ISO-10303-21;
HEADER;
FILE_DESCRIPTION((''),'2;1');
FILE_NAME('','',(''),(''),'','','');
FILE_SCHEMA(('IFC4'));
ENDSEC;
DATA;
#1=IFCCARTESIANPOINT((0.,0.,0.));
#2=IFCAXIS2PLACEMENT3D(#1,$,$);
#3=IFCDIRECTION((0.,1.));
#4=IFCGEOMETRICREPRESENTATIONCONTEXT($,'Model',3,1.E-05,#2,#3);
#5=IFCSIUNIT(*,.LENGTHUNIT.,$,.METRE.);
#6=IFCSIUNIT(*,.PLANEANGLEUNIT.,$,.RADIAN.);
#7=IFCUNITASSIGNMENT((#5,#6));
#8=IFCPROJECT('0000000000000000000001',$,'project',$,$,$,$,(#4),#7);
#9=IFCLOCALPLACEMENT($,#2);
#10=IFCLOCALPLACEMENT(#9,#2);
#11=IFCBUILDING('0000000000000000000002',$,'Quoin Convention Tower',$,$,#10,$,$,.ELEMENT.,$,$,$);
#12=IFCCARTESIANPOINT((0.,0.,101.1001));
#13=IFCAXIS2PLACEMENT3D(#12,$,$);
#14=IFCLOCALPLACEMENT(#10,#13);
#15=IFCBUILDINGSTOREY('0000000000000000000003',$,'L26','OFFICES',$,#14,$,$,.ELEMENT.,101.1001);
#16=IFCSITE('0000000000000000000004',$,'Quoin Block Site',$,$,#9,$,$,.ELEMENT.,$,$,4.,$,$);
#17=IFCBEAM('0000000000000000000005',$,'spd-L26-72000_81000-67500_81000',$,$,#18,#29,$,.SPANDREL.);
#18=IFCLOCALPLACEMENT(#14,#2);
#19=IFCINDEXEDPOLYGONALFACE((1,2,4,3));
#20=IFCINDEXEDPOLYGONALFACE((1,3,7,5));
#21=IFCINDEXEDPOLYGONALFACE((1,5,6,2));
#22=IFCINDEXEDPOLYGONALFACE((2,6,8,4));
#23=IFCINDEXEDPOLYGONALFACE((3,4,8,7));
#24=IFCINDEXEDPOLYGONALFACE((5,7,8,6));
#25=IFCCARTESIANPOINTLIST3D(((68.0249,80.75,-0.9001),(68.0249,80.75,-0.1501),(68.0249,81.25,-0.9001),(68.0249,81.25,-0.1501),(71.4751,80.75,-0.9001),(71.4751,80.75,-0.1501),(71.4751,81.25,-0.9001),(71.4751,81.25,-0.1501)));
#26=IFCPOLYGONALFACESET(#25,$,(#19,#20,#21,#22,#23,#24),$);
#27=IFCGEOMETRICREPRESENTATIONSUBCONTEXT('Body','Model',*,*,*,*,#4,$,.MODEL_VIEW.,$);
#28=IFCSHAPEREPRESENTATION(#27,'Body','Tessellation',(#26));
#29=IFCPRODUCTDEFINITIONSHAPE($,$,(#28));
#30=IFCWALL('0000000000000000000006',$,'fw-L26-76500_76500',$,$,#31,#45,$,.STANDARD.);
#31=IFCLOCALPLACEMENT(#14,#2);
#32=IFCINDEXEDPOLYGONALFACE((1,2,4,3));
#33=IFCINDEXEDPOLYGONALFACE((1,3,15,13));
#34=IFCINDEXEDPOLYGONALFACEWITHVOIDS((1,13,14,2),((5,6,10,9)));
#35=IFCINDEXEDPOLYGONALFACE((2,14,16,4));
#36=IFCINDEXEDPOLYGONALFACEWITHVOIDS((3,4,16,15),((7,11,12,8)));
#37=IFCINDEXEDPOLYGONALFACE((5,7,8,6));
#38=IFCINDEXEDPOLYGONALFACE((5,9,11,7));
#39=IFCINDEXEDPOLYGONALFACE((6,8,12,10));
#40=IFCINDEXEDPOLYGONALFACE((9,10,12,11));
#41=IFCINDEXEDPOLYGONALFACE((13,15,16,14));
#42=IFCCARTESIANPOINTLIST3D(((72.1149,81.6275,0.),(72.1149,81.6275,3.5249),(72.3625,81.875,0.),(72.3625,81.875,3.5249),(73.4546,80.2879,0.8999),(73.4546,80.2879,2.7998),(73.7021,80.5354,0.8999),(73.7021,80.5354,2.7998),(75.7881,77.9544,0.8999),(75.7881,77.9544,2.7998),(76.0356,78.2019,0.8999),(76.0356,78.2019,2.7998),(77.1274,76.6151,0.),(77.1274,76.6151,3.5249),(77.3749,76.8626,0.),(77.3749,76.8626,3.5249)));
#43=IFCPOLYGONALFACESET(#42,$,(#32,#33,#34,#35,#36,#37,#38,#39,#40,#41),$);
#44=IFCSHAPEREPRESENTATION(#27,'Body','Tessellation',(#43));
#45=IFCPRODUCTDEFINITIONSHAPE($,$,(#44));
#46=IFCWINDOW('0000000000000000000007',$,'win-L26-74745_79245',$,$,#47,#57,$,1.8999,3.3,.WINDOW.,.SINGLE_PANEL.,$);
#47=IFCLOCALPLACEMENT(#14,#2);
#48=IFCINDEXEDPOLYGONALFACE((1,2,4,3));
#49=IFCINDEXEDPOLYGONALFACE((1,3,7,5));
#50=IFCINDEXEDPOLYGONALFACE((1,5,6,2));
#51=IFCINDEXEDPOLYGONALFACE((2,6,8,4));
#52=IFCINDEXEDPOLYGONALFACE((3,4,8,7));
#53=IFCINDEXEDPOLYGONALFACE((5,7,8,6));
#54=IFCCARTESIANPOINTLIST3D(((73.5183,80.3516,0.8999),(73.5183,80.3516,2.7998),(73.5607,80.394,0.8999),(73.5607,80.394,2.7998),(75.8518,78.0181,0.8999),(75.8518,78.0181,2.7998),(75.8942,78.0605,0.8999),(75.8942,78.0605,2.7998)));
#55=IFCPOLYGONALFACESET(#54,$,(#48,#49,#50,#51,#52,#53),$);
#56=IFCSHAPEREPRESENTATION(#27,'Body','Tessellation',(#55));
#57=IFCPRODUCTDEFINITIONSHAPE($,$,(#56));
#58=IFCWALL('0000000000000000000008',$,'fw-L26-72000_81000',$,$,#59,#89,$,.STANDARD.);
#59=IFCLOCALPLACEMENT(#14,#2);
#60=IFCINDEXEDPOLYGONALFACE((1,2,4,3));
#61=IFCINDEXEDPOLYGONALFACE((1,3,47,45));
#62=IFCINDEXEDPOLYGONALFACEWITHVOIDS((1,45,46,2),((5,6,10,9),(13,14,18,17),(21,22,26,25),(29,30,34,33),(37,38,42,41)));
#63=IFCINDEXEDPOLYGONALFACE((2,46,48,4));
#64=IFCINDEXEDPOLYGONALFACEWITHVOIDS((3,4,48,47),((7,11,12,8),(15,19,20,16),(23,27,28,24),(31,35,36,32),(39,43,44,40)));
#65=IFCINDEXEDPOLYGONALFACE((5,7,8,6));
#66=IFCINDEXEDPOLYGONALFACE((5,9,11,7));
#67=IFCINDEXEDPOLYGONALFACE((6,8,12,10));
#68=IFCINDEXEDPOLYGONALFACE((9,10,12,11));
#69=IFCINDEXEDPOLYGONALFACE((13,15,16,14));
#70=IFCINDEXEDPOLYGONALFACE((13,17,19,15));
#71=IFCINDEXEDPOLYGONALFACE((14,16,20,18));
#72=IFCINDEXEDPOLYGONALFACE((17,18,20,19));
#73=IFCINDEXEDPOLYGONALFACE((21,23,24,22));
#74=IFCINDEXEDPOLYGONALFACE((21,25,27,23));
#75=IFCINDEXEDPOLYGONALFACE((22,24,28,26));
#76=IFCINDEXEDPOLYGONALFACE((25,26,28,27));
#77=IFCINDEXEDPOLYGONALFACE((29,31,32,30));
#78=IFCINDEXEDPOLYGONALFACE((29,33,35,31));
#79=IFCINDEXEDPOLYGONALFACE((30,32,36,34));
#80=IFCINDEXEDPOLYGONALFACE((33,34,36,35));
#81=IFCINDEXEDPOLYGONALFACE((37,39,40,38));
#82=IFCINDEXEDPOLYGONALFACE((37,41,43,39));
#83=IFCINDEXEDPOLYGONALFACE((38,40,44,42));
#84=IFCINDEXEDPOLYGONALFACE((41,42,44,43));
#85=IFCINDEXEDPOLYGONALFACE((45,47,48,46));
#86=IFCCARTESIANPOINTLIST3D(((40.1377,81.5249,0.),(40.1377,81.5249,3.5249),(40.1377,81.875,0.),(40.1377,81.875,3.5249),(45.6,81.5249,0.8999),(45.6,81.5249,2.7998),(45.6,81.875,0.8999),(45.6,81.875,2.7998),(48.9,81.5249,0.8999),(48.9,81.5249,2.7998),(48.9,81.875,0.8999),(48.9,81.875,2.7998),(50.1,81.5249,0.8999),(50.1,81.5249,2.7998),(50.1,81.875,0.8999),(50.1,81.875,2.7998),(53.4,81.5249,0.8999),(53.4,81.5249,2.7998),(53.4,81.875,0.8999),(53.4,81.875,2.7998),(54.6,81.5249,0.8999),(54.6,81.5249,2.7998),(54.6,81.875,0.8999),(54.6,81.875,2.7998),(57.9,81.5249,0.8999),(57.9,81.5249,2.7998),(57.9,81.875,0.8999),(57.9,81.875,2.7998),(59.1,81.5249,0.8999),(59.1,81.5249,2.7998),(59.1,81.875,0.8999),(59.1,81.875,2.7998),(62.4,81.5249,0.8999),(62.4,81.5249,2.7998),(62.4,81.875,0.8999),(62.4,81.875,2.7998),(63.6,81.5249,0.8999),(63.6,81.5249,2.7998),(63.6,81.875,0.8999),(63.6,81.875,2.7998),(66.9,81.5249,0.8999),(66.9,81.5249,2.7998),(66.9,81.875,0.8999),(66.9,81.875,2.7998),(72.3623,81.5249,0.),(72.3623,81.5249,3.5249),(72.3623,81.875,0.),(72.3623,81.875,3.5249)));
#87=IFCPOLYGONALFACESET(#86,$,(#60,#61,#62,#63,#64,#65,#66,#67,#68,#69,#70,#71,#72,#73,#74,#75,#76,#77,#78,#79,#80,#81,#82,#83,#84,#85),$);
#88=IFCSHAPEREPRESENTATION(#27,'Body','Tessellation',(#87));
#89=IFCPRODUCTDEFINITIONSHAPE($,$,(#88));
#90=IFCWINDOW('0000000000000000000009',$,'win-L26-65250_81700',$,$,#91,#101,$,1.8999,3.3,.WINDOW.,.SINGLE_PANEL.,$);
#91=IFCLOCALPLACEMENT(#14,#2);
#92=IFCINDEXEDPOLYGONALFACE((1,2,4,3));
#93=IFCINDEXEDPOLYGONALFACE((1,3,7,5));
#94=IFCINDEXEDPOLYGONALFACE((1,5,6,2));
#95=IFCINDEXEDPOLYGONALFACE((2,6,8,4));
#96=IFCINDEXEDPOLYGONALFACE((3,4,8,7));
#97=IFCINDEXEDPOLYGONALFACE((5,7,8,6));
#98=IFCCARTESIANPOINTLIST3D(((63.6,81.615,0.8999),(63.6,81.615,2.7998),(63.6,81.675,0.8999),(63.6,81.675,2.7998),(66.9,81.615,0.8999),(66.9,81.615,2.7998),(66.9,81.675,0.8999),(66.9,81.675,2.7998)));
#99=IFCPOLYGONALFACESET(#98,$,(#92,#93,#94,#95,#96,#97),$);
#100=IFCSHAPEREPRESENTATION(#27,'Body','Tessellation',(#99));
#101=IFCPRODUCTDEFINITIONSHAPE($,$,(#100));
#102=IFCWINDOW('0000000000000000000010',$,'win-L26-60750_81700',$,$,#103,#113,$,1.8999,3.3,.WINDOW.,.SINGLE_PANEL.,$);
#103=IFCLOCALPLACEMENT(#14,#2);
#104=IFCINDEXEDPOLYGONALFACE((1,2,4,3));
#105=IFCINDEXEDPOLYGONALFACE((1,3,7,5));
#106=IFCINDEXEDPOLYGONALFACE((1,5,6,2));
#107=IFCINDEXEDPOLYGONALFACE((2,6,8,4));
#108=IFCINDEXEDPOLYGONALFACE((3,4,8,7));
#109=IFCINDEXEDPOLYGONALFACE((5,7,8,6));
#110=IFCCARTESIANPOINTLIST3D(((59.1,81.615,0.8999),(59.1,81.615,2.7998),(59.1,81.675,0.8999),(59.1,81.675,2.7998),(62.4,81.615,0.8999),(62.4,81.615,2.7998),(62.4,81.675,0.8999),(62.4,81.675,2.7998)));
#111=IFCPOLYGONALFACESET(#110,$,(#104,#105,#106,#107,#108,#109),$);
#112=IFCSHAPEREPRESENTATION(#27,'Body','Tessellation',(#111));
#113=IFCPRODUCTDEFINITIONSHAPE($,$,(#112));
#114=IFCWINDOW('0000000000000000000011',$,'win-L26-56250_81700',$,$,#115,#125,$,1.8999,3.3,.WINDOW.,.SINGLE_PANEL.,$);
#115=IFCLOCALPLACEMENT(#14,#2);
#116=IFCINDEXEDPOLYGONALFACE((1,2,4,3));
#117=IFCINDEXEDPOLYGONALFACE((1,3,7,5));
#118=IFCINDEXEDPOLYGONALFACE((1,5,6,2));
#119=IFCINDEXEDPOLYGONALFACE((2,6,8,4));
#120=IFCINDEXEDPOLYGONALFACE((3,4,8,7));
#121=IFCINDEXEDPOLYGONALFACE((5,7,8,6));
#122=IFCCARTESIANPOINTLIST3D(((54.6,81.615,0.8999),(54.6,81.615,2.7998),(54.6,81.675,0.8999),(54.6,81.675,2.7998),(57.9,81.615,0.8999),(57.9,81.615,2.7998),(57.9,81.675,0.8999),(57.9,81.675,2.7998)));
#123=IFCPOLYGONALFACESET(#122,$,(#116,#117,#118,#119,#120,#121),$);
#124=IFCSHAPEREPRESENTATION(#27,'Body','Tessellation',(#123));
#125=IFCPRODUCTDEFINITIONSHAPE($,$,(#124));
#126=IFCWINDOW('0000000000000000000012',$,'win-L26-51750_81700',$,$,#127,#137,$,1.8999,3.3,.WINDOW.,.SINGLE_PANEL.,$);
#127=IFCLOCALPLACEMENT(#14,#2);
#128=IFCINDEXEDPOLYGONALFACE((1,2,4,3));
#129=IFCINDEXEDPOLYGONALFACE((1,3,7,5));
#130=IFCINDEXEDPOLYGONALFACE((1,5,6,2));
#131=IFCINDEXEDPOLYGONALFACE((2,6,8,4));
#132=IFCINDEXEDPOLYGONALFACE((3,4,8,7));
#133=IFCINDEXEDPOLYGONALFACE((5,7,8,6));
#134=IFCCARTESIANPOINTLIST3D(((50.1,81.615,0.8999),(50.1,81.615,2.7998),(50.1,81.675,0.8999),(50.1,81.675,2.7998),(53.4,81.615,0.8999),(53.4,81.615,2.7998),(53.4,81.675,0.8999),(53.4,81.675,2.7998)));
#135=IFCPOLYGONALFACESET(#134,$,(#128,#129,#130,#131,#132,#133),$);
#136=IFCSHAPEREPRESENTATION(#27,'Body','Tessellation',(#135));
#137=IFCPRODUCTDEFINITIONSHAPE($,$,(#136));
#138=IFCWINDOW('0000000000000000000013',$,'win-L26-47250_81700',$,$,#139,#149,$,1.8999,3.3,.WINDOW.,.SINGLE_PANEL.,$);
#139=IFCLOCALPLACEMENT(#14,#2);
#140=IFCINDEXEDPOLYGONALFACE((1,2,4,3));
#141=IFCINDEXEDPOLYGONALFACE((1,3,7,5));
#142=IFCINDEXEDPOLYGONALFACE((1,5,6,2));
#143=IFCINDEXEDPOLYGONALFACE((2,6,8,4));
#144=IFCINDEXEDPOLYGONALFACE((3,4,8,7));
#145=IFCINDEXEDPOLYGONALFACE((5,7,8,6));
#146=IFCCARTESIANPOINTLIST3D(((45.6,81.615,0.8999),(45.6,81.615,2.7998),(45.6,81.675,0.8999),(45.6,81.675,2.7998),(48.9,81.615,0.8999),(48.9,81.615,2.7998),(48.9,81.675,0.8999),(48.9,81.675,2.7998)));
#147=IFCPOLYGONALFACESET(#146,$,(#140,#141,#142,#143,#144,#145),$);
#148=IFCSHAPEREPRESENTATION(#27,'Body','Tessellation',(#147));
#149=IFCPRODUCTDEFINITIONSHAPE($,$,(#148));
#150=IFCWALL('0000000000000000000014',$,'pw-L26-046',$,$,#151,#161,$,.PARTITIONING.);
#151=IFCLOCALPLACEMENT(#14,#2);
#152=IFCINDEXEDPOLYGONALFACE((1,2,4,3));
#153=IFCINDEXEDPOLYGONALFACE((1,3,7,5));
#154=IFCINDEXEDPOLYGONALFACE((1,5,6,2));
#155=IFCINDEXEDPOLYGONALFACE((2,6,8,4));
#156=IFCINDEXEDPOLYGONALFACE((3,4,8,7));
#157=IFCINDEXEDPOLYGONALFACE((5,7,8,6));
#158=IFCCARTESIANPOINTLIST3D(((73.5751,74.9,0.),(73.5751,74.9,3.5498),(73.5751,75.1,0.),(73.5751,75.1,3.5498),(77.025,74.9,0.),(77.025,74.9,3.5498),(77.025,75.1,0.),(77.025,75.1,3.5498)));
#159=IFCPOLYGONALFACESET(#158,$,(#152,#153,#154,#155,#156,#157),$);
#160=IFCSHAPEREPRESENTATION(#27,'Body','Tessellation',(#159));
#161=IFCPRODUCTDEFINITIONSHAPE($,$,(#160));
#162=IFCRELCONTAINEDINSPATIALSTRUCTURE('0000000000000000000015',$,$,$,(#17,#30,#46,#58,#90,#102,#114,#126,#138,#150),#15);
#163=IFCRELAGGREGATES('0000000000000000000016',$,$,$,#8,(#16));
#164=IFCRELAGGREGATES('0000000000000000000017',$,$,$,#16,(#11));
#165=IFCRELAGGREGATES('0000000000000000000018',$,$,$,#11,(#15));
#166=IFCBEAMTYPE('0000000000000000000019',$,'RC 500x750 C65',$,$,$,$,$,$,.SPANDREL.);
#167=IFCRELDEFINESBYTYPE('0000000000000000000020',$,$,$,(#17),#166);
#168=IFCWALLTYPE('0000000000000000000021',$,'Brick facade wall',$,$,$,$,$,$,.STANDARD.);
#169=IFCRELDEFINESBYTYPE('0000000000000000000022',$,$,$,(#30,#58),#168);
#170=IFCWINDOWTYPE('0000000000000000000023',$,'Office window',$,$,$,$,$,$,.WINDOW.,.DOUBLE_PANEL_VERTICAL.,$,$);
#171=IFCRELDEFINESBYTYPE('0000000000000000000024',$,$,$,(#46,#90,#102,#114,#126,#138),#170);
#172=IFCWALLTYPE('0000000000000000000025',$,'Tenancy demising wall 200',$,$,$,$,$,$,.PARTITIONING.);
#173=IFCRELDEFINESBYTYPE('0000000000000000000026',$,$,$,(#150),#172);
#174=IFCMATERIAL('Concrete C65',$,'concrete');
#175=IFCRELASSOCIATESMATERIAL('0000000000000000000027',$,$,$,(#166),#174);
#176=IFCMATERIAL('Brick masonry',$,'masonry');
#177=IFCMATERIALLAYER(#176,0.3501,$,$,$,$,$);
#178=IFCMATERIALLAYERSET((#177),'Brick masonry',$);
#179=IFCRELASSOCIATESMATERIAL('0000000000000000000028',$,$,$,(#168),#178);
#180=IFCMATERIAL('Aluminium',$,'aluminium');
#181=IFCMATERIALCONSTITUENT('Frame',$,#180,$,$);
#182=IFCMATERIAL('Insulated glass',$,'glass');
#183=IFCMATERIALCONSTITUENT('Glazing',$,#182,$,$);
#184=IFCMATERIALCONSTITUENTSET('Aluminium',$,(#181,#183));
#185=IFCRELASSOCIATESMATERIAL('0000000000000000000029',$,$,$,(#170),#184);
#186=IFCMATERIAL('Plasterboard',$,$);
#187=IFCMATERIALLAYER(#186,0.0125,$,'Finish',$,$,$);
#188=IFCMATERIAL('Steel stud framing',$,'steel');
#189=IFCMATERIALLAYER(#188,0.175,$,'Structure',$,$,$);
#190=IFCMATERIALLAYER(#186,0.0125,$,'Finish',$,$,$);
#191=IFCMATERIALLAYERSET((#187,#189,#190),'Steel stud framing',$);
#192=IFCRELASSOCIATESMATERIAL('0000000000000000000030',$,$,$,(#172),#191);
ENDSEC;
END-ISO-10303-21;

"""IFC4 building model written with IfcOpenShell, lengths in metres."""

from ifc_helpers import new_model, si_unit, direction, frame, frame_2d, origin, origin_2d, place, context, subcontext, project, spatial, rectangle, extrude, material, layer, layer_set, constituent, constituent_set, material_profile, profile_set, type_object, element, fill, save


model = new_model("IFC4")

# Units and contexts
model_context = context("Model", 3, precision=1e-05, world=origin(), true_north=direction((0.0, 1.0)))
body_context = subcontext(model_context, "Body", "Model", "MODEL_VIEW")
ifc_project = project(units=[si_unit("LENGTHUNIT", "METRE"), si_unit("PLANEANGLEUNIT", "RADIAN")], contexts=[model_context])

# Site, building, storey
site_placement = place(None, origin())
site = spatial("IfcSite", under=ifc_project, at=site_placement, Name="Quoin Block Site", CompositionType="ELEMENT", RefElevation=4.0)
building_placement = place(site_placement, origin())
building = spatial("IfcBuilding", under=site, at=building_placement, Name="Quoin Convention Tower", CompositionType="ELEMENT")
storey_placement = place(building_placement, frame((0.0, 0.0, 101.1001)))
storey = spatial("IfcBuildingStorey", under=building, at=storey_placement, Name="L26", Description="OFFICES", CompositionType="ELEMENT", Elevation=101.1001)

# Shared definitions
ifc_material_1 = material(Name="Concrete C65", Category="concrete")

# Beam
ifc_material_profile_1 = material_profile(ifc_material_1, rectangle(XDim=0.5, YDim=0.75, at=origin_2d()), Name="RC 500x750")
ifc_profile_set_1 = profile_set([ifc_material_profile_1], Name="Concrete C65")
beam_type_1 = type_object("IfcBeamType", Name="RC 500x750 C65", PredefinedType="SPANDREL", material=ifc_profile_set_1)
beam_1_placement = place(storey_placement, frame((71.4751, 81.0, -0.5251), z_axis=(-1.0, 0.0, 0.0), x_axis=(0.0, -1.0, 0.0)))
element("IfcBeam", 1, at=beam_1_placement, inside=storey, type_object=beam_type_1, Name="spd-L26-72000_81000-67500_81000", PredefinedType="SPANDREL", context=body_context, shape_type="SweptSolid", body=[
    extrude(rectangle(XDim=0.5, YDim=0.75, at=origin_2d()), origin(), (0.0, 0.0, 1.0), 3.4502),
])

# Wall, opening, window
ifc_material_2 = material(Name="Brick masonry", Category="masonry")
ifc_layer_1 = layer(ifc_material_2, 0.3501)
ifc_layer_set_1 = layer_set([ifc_layer_1], Name="Brick masonry")
wall_type_1 = type_object("IfcWallType", Name="Brick facade wall", PredefinedType="STANDARD", material=ifc_layer_set_1)
wall_1_placement = place(storey_placement, frame((77.2512, 76.7388, 0.0), z_axis=(0.0, 0.0, 1.0), x_axis=(-0.707107, 0.707107, 0.0)))
wall_1 = element("IfcWall", 2, at=wall_1_placement, inside=storey, type_object=wall_type_1, Name="fw-L26-76500_76500", PredefinedType="STANDARD", context=body_context, shape_type="SweptSolid", body=[
    extrude(rectangle(XDim=7.0886, YDim=0.3501, at=frame_2d((3.5444, 0.0))), origin(), (0.0, 0.0, 1.0), 3.5249),
])
opening_1_placement = place(wall_1_placement, frame((1.8943, 0.0, 0.8999)))
opening_1 = element("IfcOpeningElement", 3, at=opening_1_placement, cuts=wall_1, PredefinedType="OPENING", context=body_context, shape_type="SweptSolid", body=[
    extrude(rectangle(XDim=3.3, YDim=1.8999, at=frame_2d((1.6499, 0.95))), frame((0.0, 0.1851, 0.0), z_axis=(0.0, -1.0, 0.0), x_axis=(1.0, 0.0, 0.0)), (0.0, 0.0, 1.0), 0.3701),
])
ifc_material_3 = material(Name="Aluminium", Category="aluminium")
ifc_constituent_1 = constituent(ifc_material_3, Name="Frame")
ifc_material_4 = material(Name="Insulated glass", Category="glass")
ifc_constituent_2 = constituent(ifc_material_4, Name="Glazing")
ifc_constituent_set = constituent_set(constituents=[ifc_constituent_1, ifc_constituent_2], Name="Aluminium")
window_type = type_object("IfcWindowType", Name="Office window", PartitioningType="DOUBLE_PANEL_VERTICAL", PredefinedType="WINDOW", material=ifc_constituent_set)
window_1_placement = place(opening_1_placement, origin())
window_1 = element("IfcWindow", 4, at=window_1_placement, inside=storey, type_object=window_type, Name="win-L26-74745_79245", OverallHeight=1.8999, OverallWidth=3.3, PartitioningType="SINGLE_PANEL", PredefinedType="WINDOW", context=body_context, shape_type="SweptSolid", body=[
    extrude(rectangle(XDim=3.3, YDim=1.8999, at=frame_2d((1.6499, 0.95))), frame((0.0, 0.085, 0.0), z_axis=(0.0, -1.0, 0.0), x_axis=(1.0, 0.0, 0.0)), (0.0, 0.0, 1.0), 0.0601),
])
fill(opening_1, window_1)

# Wall, openings, windows
wall_2_placement = place(storey_placement, frame((72.3623, 81.7, 0.0), z_axis=(0.0, 0.0, 1.0), x_axis=(-1.0, 0.0, 0.0)))
wall_2 = element("IfcWall", 5, at=wall_2_placement, inside=storey, type_object=wall_type_1, Name="fw-L26-72000_81000", PredefinedType="STANDARD", context=body_context, shape_type="SweptSolid", body=[
    extrude(rectangle(XDim=32.2246, YDim=0.3501, at=frame_2d((16.1123, 0.0))), origin(), (0.0, 0.0, 1.0), 3.5249),
])
opening_2_placement = place(wall_2_placement, frame((5.4624, 0.0, 0.8999)))
opening_2 = element("IfcOpeningElement", 6, at=opening_2_placement, cuts=wall_2, PredefinedType="OPENING", context=body_context, shape_type="SweptSolid", body=[
    extrude(rectangle(XDim=3.3, YDim=1.8999, at=frame_2d((1.6499, 0.95))), frame((0.0, 0.1851, 0.0), z_axis=(0.0, -1.0, 0.0), x_axis=(1.0, 0.0, 0.0)), (0.0, 0.0, 1.0), 0.3701),
])
opening_3_placement = place(wall_2_placement, frame((9.9624, 0.0, 0.8999)))
opening_3 = element("IfcOpeningElement", 7, at=opening_3_placement, cuts=wall_2, PredefinedType="OPENING", context=body_context, shape_type="SweptSolid", body=[
    extrude(rectangle(XDim=3.3, YDim=1.8999, at=frame_2d((1.6499, 0.95))), frame((0.0, 0.1851, 0.0), z_axis=(0.0, -1.0, 0.0), x_axis=(1.0, 0.0, 0.0)), (0.0, 0.0, 1.0), 0.3701),
])
opening_4_placement = place(wall_2_placement, frame((14.4624, 0.0, 0.8999)))
opening_4 = element("IfcOpeningElement", 8, at=opening_4_placement, cuts=wall_2, PredefinedType="OPENING", context=body_context, shape_type="SweptSolid", body=[
    extrude(rectangle(XDim=3.3, YDim=1.8999, at=frame_2d((1.6499, 0.95))), frame((0.0, 0.1851, 0.0), z_axis=(0.0, -1.0, 0.0), x_axis=(1.0, 0.0, 0.0)), (0.0, 0.0, 1.0), 0.3701),
])
opening_5_placement = place(wall_2_placement, frame((18.9624, 0.0, 0.8999)))
opening_5 = element("IfcOpeningElement", 9, at=opening_5_placement, cuts=wall_2, PredefinedType="OPENING", context=body_context, shape_type="SweptSolid", body=[
    extrude(rectangle(XDim=3.3, YDim=1.8999, at=frame_2d((1.6499, 0.95))), frame((0.0, 0.1851, 0.0), z_axis=(0.0, -1.0, 0.0), x_axis=(1.0, 0.0, 0.0)), (0.0, 0.0, 1.0), 0.3701),
])
opening_6_placement = place(wall_2_placement, frame((23.4624, 0.0, 0.8999)))
opening_6 = element("IfcOpeningElement", 10, at=opening_6_placement, cuts=wall_2, PredefinedType="OPENING", context=body_context, shape_type="SweptSolid", body=[
    extrude(rectangle(XDim=3.3, YDim=1.8999, at=frame_2d((1.6499, 0.95))), frame((0.0, 0.1851, 0.0), z_axis=(0.0, -1.0, 0.0), x_axis=(1.0, 0.0, 0.0)), (0.0, 0.0, 1.0), 0.3701),
])
window_2_placement = place(opening_2_placement, origin())
window_2 = element("IfcWindow", 11, at=window_2_placement, inside=storey, type_object=window_type, Name="win-L26-65250_81700", OverallHeight=1.8999, OverallWidth=3.3, PartitioningType="SINGLE_PANEL", PredefinedType="WINDOW", context=body_context, shape_type="SweptSolid", body=[
    extrude(rectangle(XDim=3.3, YDim=1.8999, at=frame_2d((1.6499, 0.95))), frame((0.0, 0.085, 0.0), z_axis=(0.0, -1.0, 0.0), x_axis=(1.0, 0.0, 0.0)), (0.0, 0.0, 1.0), 0.0601),
])
fill(opening_2, window_2)
window_3_placement = place(opening_3_placement, origin())
window_3 = element("IfcWindow", 12, at=window_3_placement, inside=storey, type_object=window_type, Name="win-L26-60750_81700", OverallHeight=1.8999, OverallWidth=3.3, PartitioningType="SINGLE_PANEL", PredefinedType="WINDOW", context=body_context, shape_type="SweptSolid", body=[
    extrude(rectangle(XDim=3.3, YDim=1.8999, at=frame_2d((1.6499, 0.95))), frame((0.0, 0.085, 0.0), z_axis=(0.0, -1.0, 0.0), x_axis=(1.0, 0.0, 0.0)), (0.0, 0.0, 1.0), 0.0601),
])
fill(opening_3, window_3)
window_4_placement = place(opening_4_placement, origin())
window_4 = element("IfcWindow", 13, at=window_4_placement, inside=storey, type_object=window_type, Name="win-L26-56250_81700", OverallHeight=1.8999, OverallWidth=3.3, PartitioningType="SINGLE_PANEL", PredefinedType="WINDOW", context=body_context, shape_type="SweptSolid", body=[
    extrude(rectangle(XDim=3.3, YDim=1.8999, at=frame_2d((1.6499, 0.95))), frame((0.0, 0.085, 0.0), z_axis=(0.0, -1.0, 0.0), x_axis=(1.0, 0.0, 0.0)), (0.0, 0.0, 1.0), 0.0601),
])
fill(opening_4, window_4)
window_5_placement = place(opening_5_placement, origin())
window_5 = element("IfcWindow", 14, at=window_5_placement, inside=storey, type_object=window_type, Name="win-L26-51750_81700", OverallHeight=1.8999, OverallWidth=3.3, PartitioningType="SINGLE_PANEL", PredefinedType="WINDOW", context=body_context, shape_type="SweptSolid", body=[
    extrude(rectangle(XDim=3.3, YDim=1.8999, at=frame_2d((1.6499, 0.95))), frame((0.0, 0.085, 0.0), z_axis=(0.0, -1.0, 0.0), x_axis=(1.0, 0.0, 0.0)), (0.0, 0.0, 1.0), 0.0601),
])
fill(opening_5, window_5)
window_6_placement = place(opening_6_placement, origin())
window_6 = element("IfcWindow", 15, at=window_6_placement, inside=storey, type_object=window_type, Name="win-L26-47250_81700", OverallHeight=1.8999, OverallWidth=3.3, PartitioningType="SINGLE_PANEL", PredefinedType="WINDOW", context=body_context, shape_type="SweptSolid", body=[
    extrude(rectangle(XDim=3.3, YDim=1.8999, at=frame_2d((1.6499, 0.95))), frame((0.0, 0.085, 0.0), z_axis=(0.0, -1.0, 0.0), x_axis=(1.0, 0.0, 0.0)), (0.0, 0.0, 1.0), 0.0601),
])
fill(opening_6, window_6)

# Wall
ifc_material_5 = material(Name="Plasterboard")
ifc_layer_2 = layer(ifc_material_5, 0.0125, Name="Finish")
ifc_material_6 = material(Name="Steel stud framing", Category="steel")
ifc_layer_3 = layer(ifc_material_6, 0.175, Name="Structure")
ifc_layer_4 = layer(ifc_material_5, 0.0125, Name="Finish")
ifc_layer_set_2 = layer_set([ifc_layer_2, ifc_layer_3, ifc_layer_4], Name="Steel stud framing")
wall_type_2 = type_object("IfcWallType", Name="Tenancy demising wall 200", PredefinedType="PARTITIONING", material=ifc_layer_set_2)
wall_3_placement = place(storey_placement, frame((73.575, 75.0, 0.0), z_axis=(0.0, 0.0, 1.0), x_axis=(1.0, 0.0, 0.0)))
element("IfcWall", 16, at=wall_3_placement, inside=storey, type_object=wall_type_2, Name="pw-L26-046", PredefinedType="PARTITIONING", context=body_context, shape_type="SweptSolid", body=[
    extrude(rectangle(XDim=3.45, YDim=0.2, at=frame_2d((1.7251, 0.0))), origin(), (0.0, 0.0, 1.0), 3.5498),
])

save(model, "model.ifc")
